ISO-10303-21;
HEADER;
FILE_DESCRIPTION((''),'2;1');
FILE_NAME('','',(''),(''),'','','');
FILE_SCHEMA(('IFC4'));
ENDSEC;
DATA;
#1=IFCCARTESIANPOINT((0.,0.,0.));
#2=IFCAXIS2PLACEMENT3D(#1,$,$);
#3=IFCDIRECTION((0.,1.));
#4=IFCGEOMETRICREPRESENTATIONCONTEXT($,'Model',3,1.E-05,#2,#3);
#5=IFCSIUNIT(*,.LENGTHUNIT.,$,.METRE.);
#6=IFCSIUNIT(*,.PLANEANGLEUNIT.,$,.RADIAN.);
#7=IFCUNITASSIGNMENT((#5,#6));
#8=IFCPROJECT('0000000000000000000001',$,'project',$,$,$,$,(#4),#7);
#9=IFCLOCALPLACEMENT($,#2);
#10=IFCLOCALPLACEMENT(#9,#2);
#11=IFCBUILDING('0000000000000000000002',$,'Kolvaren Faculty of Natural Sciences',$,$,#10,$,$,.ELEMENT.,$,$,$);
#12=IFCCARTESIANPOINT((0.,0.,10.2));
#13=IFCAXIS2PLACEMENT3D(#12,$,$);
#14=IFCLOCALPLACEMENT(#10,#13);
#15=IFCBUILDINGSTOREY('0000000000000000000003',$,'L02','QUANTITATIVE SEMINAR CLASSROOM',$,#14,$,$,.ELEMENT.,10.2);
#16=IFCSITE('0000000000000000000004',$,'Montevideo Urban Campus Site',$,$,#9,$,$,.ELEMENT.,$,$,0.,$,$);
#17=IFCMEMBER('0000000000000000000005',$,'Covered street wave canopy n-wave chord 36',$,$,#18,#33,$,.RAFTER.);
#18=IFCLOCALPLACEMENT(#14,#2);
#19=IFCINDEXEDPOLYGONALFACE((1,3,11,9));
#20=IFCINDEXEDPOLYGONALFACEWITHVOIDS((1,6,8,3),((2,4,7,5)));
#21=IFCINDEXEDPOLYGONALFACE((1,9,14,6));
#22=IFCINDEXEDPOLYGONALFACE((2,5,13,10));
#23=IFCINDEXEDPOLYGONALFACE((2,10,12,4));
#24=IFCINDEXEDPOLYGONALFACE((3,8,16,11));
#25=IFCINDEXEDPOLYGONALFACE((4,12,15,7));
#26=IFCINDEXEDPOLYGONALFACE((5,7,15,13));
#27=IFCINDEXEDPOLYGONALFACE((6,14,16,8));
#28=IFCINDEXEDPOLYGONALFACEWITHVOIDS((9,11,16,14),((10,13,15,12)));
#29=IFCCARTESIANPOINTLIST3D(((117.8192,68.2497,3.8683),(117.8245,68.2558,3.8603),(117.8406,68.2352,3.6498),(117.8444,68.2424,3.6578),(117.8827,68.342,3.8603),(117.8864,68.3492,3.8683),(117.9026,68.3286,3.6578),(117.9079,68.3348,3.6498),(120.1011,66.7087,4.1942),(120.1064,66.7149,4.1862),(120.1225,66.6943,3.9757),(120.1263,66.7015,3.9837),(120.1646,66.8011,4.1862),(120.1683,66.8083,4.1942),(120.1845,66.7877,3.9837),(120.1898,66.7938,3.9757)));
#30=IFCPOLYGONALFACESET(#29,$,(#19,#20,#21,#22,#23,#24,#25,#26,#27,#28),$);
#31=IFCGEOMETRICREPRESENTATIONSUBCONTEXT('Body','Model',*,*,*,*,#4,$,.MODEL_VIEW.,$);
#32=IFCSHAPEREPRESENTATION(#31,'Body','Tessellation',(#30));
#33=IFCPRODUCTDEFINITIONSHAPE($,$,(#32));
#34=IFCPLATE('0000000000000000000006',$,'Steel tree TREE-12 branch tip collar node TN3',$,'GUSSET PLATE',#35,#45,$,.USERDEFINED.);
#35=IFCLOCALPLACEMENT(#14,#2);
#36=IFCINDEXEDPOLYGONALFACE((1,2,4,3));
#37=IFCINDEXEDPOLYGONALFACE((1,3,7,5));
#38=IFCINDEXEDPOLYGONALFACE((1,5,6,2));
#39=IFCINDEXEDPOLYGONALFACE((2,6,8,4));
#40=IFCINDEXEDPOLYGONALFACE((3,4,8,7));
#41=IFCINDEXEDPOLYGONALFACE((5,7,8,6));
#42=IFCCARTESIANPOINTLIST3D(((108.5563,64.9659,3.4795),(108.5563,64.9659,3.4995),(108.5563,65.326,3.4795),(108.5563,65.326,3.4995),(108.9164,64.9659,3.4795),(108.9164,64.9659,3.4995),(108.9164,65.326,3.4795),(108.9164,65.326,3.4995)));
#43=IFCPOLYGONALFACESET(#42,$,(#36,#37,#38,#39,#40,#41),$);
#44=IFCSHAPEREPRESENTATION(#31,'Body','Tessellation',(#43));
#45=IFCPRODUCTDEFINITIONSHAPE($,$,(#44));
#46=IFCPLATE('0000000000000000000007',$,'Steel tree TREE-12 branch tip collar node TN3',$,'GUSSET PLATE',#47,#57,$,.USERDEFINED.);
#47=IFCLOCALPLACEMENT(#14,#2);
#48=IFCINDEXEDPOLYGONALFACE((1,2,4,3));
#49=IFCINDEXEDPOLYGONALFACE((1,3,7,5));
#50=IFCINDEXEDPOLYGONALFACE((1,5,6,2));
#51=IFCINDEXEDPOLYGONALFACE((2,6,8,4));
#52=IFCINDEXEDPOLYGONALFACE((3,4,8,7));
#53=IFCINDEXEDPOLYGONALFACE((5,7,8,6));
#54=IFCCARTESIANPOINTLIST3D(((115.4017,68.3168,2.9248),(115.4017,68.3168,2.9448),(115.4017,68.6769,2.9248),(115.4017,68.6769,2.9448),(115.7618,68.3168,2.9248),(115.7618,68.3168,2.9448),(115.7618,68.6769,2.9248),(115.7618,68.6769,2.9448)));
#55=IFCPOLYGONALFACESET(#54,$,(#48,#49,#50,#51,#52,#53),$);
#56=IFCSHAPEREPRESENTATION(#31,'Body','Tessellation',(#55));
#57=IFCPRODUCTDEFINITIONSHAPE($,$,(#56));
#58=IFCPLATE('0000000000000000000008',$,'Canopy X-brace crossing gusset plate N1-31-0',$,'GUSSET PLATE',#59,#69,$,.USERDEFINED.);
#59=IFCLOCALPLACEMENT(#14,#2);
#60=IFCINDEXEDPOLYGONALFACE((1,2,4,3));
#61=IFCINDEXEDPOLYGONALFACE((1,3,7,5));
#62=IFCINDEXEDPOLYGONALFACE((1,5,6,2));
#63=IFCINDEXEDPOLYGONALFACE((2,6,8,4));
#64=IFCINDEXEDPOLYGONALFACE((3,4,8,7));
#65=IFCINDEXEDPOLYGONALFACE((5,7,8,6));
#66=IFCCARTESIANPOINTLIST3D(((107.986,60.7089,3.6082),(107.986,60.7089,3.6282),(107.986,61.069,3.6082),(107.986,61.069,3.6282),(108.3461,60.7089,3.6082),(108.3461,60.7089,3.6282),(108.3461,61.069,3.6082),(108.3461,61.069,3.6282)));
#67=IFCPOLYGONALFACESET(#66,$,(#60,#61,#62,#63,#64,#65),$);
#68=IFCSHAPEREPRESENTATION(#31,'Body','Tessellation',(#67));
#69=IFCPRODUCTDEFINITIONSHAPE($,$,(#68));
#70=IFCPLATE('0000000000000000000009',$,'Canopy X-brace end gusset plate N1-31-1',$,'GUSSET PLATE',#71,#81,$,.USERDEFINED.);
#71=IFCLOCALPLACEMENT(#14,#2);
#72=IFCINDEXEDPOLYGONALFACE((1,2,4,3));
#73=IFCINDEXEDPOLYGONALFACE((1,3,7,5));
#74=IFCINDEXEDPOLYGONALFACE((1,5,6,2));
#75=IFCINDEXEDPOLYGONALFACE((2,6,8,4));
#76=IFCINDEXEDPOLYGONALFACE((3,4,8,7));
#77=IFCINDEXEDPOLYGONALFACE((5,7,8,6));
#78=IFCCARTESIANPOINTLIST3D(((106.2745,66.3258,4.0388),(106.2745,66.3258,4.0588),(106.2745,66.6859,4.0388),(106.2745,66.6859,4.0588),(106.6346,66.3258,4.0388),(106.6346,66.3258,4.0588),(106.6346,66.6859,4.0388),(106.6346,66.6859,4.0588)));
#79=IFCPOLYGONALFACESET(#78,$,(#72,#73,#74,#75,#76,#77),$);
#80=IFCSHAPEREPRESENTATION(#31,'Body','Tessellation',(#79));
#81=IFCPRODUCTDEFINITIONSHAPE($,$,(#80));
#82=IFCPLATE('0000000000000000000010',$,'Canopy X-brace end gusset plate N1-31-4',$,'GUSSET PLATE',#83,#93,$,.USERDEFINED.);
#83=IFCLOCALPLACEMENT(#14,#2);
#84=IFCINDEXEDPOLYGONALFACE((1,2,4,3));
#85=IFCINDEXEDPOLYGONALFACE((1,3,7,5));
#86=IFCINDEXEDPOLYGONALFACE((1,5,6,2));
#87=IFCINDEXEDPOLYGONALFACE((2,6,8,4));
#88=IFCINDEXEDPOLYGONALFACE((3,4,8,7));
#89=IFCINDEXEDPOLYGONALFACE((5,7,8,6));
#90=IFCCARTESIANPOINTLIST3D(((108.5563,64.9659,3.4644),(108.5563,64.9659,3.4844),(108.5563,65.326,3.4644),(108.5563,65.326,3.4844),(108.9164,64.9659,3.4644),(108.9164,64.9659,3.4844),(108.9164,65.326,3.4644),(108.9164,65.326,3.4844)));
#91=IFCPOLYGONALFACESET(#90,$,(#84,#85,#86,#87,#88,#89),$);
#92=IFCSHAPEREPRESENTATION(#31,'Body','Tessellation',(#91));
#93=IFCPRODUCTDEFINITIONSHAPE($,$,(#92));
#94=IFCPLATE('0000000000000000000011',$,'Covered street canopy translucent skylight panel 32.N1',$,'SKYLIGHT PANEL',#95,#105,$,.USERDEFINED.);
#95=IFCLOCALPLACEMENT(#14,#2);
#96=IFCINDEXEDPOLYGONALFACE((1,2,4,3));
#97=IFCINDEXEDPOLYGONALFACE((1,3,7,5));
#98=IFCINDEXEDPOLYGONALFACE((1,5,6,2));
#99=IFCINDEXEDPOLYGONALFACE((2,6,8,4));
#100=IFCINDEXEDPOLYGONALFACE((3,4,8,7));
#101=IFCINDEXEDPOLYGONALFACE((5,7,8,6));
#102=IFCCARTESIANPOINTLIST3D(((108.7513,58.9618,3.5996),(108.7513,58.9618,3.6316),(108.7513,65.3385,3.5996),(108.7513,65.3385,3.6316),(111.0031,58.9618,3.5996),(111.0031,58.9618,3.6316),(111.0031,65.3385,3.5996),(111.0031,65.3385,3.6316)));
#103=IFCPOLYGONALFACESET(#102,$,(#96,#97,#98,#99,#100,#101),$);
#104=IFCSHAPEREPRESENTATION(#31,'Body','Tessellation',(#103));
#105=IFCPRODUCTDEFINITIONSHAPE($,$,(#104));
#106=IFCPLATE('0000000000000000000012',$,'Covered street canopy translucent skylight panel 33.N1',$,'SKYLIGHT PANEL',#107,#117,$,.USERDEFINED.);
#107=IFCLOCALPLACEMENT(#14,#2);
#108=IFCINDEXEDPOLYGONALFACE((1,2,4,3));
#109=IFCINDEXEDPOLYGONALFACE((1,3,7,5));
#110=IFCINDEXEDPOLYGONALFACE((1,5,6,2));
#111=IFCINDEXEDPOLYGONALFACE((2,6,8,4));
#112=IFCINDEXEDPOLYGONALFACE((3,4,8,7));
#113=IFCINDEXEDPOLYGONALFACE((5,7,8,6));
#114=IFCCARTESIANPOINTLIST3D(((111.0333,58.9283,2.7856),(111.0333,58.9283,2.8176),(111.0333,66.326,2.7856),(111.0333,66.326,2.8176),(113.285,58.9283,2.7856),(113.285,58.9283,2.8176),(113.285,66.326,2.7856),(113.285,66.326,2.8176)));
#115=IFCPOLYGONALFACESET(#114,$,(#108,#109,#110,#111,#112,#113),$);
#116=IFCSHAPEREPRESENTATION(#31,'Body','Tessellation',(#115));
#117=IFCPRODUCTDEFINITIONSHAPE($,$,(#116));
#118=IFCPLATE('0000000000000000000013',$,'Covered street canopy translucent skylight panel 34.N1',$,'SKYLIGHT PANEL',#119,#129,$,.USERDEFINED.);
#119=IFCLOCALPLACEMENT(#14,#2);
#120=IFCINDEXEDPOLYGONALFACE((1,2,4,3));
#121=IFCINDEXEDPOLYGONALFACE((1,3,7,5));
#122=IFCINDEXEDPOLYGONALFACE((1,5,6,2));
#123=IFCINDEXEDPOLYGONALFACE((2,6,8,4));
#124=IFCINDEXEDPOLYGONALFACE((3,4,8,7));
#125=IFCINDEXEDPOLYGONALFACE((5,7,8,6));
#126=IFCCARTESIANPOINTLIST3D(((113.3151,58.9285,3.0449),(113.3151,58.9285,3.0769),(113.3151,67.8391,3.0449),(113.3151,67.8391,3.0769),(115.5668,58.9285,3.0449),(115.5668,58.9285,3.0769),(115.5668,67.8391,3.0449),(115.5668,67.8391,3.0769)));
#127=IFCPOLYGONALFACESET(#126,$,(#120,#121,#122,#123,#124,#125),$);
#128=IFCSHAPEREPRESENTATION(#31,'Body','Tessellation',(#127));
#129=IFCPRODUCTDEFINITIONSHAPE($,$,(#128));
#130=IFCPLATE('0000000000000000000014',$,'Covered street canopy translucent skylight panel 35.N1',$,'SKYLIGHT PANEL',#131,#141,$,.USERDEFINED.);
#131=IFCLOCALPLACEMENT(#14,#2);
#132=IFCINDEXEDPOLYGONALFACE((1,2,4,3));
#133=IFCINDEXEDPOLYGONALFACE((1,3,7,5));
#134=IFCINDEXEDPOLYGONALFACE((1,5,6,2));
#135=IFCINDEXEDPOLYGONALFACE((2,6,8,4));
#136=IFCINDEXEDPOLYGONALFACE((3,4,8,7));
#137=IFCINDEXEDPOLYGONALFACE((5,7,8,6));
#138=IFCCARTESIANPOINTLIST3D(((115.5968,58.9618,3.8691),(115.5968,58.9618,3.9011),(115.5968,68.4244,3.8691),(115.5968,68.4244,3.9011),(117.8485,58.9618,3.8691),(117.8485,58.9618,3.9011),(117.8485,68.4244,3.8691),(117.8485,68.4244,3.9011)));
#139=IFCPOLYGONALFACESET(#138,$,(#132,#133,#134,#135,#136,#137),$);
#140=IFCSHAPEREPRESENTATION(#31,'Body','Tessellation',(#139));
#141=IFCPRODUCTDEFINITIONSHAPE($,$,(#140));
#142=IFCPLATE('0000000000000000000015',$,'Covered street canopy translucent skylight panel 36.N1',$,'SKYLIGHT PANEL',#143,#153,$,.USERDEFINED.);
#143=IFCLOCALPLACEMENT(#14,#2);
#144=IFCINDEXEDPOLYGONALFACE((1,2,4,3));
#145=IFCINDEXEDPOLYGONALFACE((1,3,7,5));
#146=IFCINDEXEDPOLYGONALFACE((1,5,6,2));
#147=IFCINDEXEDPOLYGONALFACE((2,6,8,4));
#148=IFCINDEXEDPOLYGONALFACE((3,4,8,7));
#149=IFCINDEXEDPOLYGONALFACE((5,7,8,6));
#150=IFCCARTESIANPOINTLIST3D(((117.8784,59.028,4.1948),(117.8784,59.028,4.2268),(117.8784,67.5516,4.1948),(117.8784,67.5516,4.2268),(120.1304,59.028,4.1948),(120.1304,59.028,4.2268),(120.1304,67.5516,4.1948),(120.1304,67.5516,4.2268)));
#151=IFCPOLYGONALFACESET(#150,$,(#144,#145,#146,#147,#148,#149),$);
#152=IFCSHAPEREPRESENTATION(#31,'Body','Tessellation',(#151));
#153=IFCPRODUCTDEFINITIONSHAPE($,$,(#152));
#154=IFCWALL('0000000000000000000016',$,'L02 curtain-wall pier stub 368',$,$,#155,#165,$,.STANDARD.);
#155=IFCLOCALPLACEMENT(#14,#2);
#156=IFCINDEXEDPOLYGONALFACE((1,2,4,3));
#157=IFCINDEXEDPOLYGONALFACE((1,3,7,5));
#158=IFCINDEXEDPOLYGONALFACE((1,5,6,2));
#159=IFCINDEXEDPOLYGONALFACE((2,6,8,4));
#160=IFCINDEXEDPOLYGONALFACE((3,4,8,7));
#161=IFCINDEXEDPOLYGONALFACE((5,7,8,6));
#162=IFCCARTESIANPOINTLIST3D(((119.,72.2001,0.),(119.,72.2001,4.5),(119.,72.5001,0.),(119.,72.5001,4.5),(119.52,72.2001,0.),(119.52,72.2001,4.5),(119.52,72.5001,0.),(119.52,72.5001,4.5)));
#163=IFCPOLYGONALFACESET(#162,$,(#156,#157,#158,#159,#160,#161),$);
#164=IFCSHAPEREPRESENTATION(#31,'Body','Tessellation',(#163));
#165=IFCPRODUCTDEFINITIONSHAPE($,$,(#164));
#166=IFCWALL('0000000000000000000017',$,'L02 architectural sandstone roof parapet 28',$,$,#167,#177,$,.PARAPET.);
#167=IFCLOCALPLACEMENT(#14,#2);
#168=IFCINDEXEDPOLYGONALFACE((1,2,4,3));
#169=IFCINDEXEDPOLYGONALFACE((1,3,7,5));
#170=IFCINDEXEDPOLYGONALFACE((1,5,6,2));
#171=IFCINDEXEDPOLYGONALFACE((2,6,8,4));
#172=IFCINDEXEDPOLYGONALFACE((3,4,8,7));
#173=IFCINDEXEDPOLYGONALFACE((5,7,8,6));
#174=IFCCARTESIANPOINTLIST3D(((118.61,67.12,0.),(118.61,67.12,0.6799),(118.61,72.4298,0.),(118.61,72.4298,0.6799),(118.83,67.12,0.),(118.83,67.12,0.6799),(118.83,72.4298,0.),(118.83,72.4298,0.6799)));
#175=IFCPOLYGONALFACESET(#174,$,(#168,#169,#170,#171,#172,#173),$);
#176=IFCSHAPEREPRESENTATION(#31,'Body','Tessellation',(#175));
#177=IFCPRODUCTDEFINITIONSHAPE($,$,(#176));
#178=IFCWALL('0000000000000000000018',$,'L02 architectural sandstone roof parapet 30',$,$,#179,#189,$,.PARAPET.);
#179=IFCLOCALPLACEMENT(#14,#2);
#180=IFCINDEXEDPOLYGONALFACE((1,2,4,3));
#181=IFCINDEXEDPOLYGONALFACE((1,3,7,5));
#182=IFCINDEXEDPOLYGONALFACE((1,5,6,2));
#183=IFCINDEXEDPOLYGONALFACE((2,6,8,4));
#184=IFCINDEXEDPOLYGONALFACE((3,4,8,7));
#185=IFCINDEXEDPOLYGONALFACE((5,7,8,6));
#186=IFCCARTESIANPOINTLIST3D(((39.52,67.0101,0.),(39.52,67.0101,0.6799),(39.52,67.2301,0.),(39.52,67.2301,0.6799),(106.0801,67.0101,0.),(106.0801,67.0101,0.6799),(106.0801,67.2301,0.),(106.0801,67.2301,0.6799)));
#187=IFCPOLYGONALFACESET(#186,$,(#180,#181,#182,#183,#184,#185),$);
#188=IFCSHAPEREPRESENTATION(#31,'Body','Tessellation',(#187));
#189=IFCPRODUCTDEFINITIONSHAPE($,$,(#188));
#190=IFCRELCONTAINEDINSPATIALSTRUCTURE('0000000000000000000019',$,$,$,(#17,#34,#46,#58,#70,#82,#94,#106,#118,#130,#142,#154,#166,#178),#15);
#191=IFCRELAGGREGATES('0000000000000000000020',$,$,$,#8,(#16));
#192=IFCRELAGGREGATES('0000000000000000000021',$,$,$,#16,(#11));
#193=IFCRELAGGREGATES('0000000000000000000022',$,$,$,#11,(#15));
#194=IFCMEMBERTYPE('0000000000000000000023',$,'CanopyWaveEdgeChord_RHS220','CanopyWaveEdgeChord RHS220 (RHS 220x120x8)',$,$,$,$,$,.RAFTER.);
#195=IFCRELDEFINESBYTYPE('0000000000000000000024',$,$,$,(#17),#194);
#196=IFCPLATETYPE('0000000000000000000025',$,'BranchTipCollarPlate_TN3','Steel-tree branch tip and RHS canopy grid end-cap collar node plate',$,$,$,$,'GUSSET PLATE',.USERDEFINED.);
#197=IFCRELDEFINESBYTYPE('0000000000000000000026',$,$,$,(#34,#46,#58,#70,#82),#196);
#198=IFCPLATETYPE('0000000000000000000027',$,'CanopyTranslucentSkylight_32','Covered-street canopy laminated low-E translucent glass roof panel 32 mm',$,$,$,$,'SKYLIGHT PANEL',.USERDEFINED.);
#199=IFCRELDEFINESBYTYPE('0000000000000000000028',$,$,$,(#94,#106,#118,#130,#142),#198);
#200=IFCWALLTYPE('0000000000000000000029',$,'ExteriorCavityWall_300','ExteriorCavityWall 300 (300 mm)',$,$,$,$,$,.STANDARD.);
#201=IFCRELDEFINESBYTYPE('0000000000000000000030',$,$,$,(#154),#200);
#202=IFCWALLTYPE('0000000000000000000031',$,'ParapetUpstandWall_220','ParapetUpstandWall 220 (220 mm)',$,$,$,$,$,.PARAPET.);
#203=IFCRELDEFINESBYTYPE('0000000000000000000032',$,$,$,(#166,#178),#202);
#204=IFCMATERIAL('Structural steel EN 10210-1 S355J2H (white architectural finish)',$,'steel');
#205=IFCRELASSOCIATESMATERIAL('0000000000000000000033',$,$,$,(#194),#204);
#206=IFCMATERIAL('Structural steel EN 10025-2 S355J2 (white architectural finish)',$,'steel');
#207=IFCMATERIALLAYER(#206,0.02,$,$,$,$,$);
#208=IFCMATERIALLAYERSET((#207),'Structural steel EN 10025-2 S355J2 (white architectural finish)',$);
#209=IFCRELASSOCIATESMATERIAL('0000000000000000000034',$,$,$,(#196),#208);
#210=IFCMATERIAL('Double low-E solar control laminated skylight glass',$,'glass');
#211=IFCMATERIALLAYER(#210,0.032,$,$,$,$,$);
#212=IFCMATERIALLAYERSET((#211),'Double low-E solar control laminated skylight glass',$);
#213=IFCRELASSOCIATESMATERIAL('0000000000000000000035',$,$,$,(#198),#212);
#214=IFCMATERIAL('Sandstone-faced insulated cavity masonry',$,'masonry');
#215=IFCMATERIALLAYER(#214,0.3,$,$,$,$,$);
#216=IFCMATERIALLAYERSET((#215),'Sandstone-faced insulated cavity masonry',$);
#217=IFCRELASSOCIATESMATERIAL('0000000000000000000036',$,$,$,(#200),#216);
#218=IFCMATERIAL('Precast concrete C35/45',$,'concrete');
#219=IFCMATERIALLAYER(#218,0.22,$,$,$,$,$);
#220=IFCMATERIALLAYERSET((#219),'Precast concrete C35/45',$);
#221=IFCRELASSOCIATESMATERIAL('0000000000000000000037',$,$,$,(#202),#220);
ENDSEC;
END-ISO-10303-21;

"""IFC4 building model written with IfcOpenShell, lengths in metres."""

from ifc_helpers import new_model, si_unit, direction, frame, frame_2d, origin, origin_2d, place, context, subcontext, project, spatial, rectangle, hollow_rectangle, extrude, material, layer, layer_set, material_profile, profile_set, type_object, element, save


model = new_model("IFC4")

# Units and contexts
model_context = context("Model", 3, precision=1e-05, world=origin(), true_north=direction((0.0, 1.0)))
body_context = subcontext(model_context, "Body", "Model", "MODEL_VIEW")
ifc_project = project(units=[si_unit("LENGTHUNIT", "METRE"), si_unit("PLANEANGLEUNIT", "RADIAN")], contexts=[model_context])

# Site, building, storey
site_placement = place(None, origin())
site = spatial("IfcSite", under=ifc_project, at=site_placement, Name="Montevideo Urban Campus Site", CompositionType="ELEMENT", RefElevation=0.0)
building_placement = place(site_placement, origin())
building = spatial("IfcBuilding", under=site, at=building_placement, Name="Kolvaren Faculty of Natural Sciences", CompositionType="ELEMENT")
storey_placement = place(building_placement, frame((0.0, 0.0, 10.2)))
storey = spatial("IfcBuildingStorey", under=building, at=storey_placement, Name="L02", Description="QUANTITATIVE SEMINAR CLASSROOM", CompositionType="ELEMENT", Elevation=10.2)

# Member
ifc_material_1 = material(Name="Structural steel EN 10210-1 S355J2H (white architectural finish)", Category="steel")
ifc_material_profile_1 = material_profile(ifc_material_1, hollow_rectangle(XDim=0.1201, YDim=0.22, WallThickness=0.0081, at=origin_2d()), Name="RHS 220x120x8")
ifc_profile_set_1 = profile_set([ifc_material_profile_1], Name="Structural steel EN 10210-1 S355J2H (white architectural finish)")
member_type_1 = type_object("IfcMemberType", Name="CanopyWaveEdgeChord_RHS220", Description="CanopyWaveEdgeChord RHS220 (RHS 220x120x8)", PredefinedType="RAFTER", material=ifc_profile_set_1)
member_1_placement = place(storey_placement, frame((117.8635, 68.2922, 3.759), z_axis=(0.822989, -0.555762, 0.117545), x_axis=(0.559642, 0.828735, 0.0)))
element("IfcMember", 1, at=member_1_placement, inside=storey, type_object=member_type_1, Name="Covered street wave canopy n-wave chord 36", PredefinedType="RAFTER", context=body_context, shape_type="SweptSolid", body=[
    extrude(hollow_rectangle(XDim=0.1201, YDim=0.22, WallThickness=0.0081, at=origin_2d()), origin(), (0.0, 0.0, 1.0), 2.7727),
])

# Plates
ifc_material_2 = material(Name="Structural steel EN 10025-2 S355J2 (white architectural finish)", Category="steel")
ifc_layer_1 = layer(ifc_material_2, 0.02)
ifc_layer_set_1 = layer_set([ifc_layer_1], Name="Structural steel EN 10025-2 S355J2 (white architectural finish)")
plate_type_1 = type_object("IfcPlateType", Name="BranchTipCollarPlate_TN3", Description="Steel-tree branch tip and RHS canopy grid end-cap collar node plate", ElementType="GUSSET PLATE", PredefinedType="USERDEFINED", material=ifc_layer_set_1)
for number, where, z_axis, x_axis, name in (
    (2, (108.7363, 65.146, 3.4795), (0.0, 0.0, 1.0), (1.0, 0.0, 0.0), "Steel tree TREE-12 branch tip collar node TN3"),
    (3, (115.5818, 68.4968, 2.9248), (0.0, 0.0, 1.0), (1.0, 0.0, 0.0), "Steel tree TREE-12 branch tip collar node TN3"),
    (4, (108.166, 60.8889, 3.6082), (0.0, 0.0, 1.0), (1.0, 0.0, 0.0), "Canopy X-brace crossing gusset plate N1-31-0"),
    (5, (106.4546, 66.5059, 4.0388), (0.0, 0.0, 1.0), (1.0, 0.0, 0.0), "Canopy X-brace end gusset plate N1-31-1"),
    (6, (108.7363, 65.146, 3.4644), (0.0, 0.0, 1.0), (1.0, 0.0, 0.0), "Canopy X-brace end gusset plate N1-31-4"),
):
    element("IfcPlate", number, at=place(storey_placement, frame(where, z_axis=z_axis, x_axis=x_axis)), inside=storey, type_object=plate_type_1, Name=name, ObjectType="GUSSET PLATE", PredefinedType="USERDEFINED", context=body_context, shape_type="SweptSolid", body=[
        extrude(rectangle(XDim=0.3601, YDim=0.3601, at=origin_2d()), origin(), (0.0, 0.0, 1.0), 0.02),
    ])
ifc_material_3 = material(Name="Double low-E solar control laminated skylight glass", Category="glass")
ifc_layer_2 = layer(ifc_material_3, 0.032)
ifc_layer_set_2 = layer_set([ifc_layer_2], Name="Double low-E solar control laminated skylight glass")
plate_type_2 = type_object("IfcPlateType", Name="CanopyTranslucentSkylight_32", Description="Covered-street canopy laminated low-E translucent glass roof panel 32 mm", ElementType="SKYLIGHT PANEL", PredefinedType="USERDEFINED", material=ifc_layer_set_2)
plate_1_placement = place(storey_placement, frame((109.8772, 62.1501, 3.5996), z_axis=(0.0, 0.0, 1.0), x_axis=(1.0, 0.0, 0.0)))
element("IfcPlate", 7, at=plate_1_placement, inside=storey, type_object=plate_type_2, Name="Covered street canopy translucent skylight panel 32.N1", ObjectType="SKYLIGHT PANEL", PredefinedType="USERDEFINED", context=body_context, shape_type="SweptSolid", body=[
    extrude(rectangle(XDim=2.2517, YDim=6.3767, at=origin_2d()), origin(), (0.0, 0.0, 1.0), 0.032),
])
plate_2_placement = place(storey_placement, frame((112.1592, 62.6272, 2.7856), z_axis=(0.0, 0.0, 1.0), x_axis=(1.0, 0.0, 0.0)))
element("IfcPlate", 8, at=plate_2_placement, inside=storey, type_object=plate_type_2, Name="Covered street canopy translucent skylight panel 33.N1", ObjectType="SKYLIGHT PANEL", PredefinedType="USERDEFINED", context=body_context, shape_type="SweptSolid", body=[
    extrude(rectangle(XDim=2.2517, YDim=7.3977, at=origin_2d()), origin(), (0.0, 0.0, 1.0), 0.032),
])
plate_3_placement = place(storey_placement, frame((114.4409, 63.3838, 3.0449), z_axis=(0.0, 0.0, 1.0), x_axis=(1.0, 0.0, 0.0)))
element("IfcPlate", 9, at=plate_3_placement, inside=storey, type_object=plate_type_2, Name="Covered street canopy translucent skylight panel 34.N1", ObjectType="SKYLIGHT PANEL", PredefinedType="USERDEFINED", context=body_context, shape_type="SweptSolid", body=[
    extrude(rectangle(XDim=2.2517, YDim=8.9106, at=origin_2d()), origin(), (0.0, 0.0, 1.0), 0.032),
])
plate_4_placement = place(storey_placement, frame((116.7227, 63.6931, 3.8691), z_axis=(0.0, 0.0, 1.0), x_axis=(1.0, 0.0, 0.0)))
element("IfcPlate", 10, at=plate_4_placement, inside=storey, type_object=plate_type_2, Name="Covered street canopy translucent skylight panel 35.N1", ObjectType="SKYLIGHT PANEL", PredefinedType="USERDEFINED", context=body_context, shape_type="SweptSolid", body=[
    extrude(rectangle(XDim=2.2517, YDim=9.4626, at=origin_2d()), origin(), (0.0, 0.0, 1.0), 0.032),
])
plate_5_placement = place(storey_placement, frame((119.0044, 63.2898, 4.1948), z_axis=(0.0, 0.0, 1.0), x_axis=(1.0, 0.0, 0.0)))
element("IfcPlate", 11, at=plate_5_placement, inside=storey, type_object=plate_type_2, Name="Covered street canopy translucent skylight panel 36.N1", ObjectType="SKYLIGHT PANEL", PredefinedType="USERDEFINED", context=body_context, shape_type="SweptSolid", body=[
    extrude(rectangle(XDim=2.252, YDim=8.5237, at=origin_2d()), origin(), (0.0, 0.0, 1.0), 0.032),
])

# Walls
ifc_material_4 = material(Name="Sandstone-faced insulated cavity masonry", Category="masonry")
ifc_layer_3 = layer(ifc_material_4, 0.3)
ifc_layer_set_3 = layer_set([ifc_layer_3], Name="Sandstone-faced insulated cavity masonry")
wall_type_1 = type_object("IfcWallType", Name="ExteriorCavityWall_300", Description="ExteriorCavityWall 300 (300 mm)", PredefinedType="STANDARD", material=ifc_layer_set_3)
wall_1_placement = place(storey_placement, frame((119.52, 72.3501, 0.0), z_axis=(0.0, 0.0, 1.0), x_axis=(-1.0, 0.0, 0.0)))
element("IfcWall", 12, at=wall_1_placement, inside=storey, type_object=wall_type_1, Name="L02 curtain-wall pier stub 368", PredefinedType="STANDARD", context=body_context, shape_type="SweptSolid", body=[
    extrude(rectangle(XDim=0.52, YDim=0.3, at=frame_2d((0.26, 0.0))), origin(), (0.0, 0.0, 1.0), 4.5),
])
ifc_material_5 = material(Name="Precast concrete C35/45", Category="concrete")
ifc_layer_4 = layer(ifc_material_5, 0.22)
ifc_layer_set_4 = layer_set([ifc_layer_4], Name="Precast concrete C35/45")
wall_type_2 = type_object("IfcWallType", Name="ParapetUpstandWall_220", Description="ParapetUpstandWall 220 (220 mm)", PredefinedType="PARAPET", material=ifc_layer_set_4)
wall_2_placement = place(storey_placement, frame((118.72, 67.1201, 0.0), z_axis=(0.0, 0.0, 1.0), x_axis=(0.0, 1.0, 0.0)))
element("IfcWall", 13, at=wall_2_placement, inside=storey, type_object=wall_type_2, Name="L02 architectural sandstone roof parapet 28", PredefinedType="PARAPET", context=body_context, shape_type="SweptSolid", body=[
    extrude(rectangle(XDim=5.3098, YDim=0.22, at=frame_2d((2.6548, 0.0))), origin(), (0.0, 0.0, 1.0), 0.6799),
])
wall_3_placement = place(storey_placement, frame((106.0801, 67.1201, 0.0), z_axis=(0.0, 0.0, 1.0), x_axis=(-1.0, 0.0, 0.0)))
element("IfcWall", 14, at=wall_3_placement, inside=storey, type_object=wall_type_2, Name="L02 architectural sandstone roof parapet 30", PredefinedType="PARAPET", context=body_context, shape_type="SweptSolid", body=[
    extrude(rectangle(XDim=66.5601, YDim=0.22, at=frame_2d((33.28, 0.0))), origin(), (0.0, 0.0, 1.0), 0.6799),
])

save(model, "model.ifc")
